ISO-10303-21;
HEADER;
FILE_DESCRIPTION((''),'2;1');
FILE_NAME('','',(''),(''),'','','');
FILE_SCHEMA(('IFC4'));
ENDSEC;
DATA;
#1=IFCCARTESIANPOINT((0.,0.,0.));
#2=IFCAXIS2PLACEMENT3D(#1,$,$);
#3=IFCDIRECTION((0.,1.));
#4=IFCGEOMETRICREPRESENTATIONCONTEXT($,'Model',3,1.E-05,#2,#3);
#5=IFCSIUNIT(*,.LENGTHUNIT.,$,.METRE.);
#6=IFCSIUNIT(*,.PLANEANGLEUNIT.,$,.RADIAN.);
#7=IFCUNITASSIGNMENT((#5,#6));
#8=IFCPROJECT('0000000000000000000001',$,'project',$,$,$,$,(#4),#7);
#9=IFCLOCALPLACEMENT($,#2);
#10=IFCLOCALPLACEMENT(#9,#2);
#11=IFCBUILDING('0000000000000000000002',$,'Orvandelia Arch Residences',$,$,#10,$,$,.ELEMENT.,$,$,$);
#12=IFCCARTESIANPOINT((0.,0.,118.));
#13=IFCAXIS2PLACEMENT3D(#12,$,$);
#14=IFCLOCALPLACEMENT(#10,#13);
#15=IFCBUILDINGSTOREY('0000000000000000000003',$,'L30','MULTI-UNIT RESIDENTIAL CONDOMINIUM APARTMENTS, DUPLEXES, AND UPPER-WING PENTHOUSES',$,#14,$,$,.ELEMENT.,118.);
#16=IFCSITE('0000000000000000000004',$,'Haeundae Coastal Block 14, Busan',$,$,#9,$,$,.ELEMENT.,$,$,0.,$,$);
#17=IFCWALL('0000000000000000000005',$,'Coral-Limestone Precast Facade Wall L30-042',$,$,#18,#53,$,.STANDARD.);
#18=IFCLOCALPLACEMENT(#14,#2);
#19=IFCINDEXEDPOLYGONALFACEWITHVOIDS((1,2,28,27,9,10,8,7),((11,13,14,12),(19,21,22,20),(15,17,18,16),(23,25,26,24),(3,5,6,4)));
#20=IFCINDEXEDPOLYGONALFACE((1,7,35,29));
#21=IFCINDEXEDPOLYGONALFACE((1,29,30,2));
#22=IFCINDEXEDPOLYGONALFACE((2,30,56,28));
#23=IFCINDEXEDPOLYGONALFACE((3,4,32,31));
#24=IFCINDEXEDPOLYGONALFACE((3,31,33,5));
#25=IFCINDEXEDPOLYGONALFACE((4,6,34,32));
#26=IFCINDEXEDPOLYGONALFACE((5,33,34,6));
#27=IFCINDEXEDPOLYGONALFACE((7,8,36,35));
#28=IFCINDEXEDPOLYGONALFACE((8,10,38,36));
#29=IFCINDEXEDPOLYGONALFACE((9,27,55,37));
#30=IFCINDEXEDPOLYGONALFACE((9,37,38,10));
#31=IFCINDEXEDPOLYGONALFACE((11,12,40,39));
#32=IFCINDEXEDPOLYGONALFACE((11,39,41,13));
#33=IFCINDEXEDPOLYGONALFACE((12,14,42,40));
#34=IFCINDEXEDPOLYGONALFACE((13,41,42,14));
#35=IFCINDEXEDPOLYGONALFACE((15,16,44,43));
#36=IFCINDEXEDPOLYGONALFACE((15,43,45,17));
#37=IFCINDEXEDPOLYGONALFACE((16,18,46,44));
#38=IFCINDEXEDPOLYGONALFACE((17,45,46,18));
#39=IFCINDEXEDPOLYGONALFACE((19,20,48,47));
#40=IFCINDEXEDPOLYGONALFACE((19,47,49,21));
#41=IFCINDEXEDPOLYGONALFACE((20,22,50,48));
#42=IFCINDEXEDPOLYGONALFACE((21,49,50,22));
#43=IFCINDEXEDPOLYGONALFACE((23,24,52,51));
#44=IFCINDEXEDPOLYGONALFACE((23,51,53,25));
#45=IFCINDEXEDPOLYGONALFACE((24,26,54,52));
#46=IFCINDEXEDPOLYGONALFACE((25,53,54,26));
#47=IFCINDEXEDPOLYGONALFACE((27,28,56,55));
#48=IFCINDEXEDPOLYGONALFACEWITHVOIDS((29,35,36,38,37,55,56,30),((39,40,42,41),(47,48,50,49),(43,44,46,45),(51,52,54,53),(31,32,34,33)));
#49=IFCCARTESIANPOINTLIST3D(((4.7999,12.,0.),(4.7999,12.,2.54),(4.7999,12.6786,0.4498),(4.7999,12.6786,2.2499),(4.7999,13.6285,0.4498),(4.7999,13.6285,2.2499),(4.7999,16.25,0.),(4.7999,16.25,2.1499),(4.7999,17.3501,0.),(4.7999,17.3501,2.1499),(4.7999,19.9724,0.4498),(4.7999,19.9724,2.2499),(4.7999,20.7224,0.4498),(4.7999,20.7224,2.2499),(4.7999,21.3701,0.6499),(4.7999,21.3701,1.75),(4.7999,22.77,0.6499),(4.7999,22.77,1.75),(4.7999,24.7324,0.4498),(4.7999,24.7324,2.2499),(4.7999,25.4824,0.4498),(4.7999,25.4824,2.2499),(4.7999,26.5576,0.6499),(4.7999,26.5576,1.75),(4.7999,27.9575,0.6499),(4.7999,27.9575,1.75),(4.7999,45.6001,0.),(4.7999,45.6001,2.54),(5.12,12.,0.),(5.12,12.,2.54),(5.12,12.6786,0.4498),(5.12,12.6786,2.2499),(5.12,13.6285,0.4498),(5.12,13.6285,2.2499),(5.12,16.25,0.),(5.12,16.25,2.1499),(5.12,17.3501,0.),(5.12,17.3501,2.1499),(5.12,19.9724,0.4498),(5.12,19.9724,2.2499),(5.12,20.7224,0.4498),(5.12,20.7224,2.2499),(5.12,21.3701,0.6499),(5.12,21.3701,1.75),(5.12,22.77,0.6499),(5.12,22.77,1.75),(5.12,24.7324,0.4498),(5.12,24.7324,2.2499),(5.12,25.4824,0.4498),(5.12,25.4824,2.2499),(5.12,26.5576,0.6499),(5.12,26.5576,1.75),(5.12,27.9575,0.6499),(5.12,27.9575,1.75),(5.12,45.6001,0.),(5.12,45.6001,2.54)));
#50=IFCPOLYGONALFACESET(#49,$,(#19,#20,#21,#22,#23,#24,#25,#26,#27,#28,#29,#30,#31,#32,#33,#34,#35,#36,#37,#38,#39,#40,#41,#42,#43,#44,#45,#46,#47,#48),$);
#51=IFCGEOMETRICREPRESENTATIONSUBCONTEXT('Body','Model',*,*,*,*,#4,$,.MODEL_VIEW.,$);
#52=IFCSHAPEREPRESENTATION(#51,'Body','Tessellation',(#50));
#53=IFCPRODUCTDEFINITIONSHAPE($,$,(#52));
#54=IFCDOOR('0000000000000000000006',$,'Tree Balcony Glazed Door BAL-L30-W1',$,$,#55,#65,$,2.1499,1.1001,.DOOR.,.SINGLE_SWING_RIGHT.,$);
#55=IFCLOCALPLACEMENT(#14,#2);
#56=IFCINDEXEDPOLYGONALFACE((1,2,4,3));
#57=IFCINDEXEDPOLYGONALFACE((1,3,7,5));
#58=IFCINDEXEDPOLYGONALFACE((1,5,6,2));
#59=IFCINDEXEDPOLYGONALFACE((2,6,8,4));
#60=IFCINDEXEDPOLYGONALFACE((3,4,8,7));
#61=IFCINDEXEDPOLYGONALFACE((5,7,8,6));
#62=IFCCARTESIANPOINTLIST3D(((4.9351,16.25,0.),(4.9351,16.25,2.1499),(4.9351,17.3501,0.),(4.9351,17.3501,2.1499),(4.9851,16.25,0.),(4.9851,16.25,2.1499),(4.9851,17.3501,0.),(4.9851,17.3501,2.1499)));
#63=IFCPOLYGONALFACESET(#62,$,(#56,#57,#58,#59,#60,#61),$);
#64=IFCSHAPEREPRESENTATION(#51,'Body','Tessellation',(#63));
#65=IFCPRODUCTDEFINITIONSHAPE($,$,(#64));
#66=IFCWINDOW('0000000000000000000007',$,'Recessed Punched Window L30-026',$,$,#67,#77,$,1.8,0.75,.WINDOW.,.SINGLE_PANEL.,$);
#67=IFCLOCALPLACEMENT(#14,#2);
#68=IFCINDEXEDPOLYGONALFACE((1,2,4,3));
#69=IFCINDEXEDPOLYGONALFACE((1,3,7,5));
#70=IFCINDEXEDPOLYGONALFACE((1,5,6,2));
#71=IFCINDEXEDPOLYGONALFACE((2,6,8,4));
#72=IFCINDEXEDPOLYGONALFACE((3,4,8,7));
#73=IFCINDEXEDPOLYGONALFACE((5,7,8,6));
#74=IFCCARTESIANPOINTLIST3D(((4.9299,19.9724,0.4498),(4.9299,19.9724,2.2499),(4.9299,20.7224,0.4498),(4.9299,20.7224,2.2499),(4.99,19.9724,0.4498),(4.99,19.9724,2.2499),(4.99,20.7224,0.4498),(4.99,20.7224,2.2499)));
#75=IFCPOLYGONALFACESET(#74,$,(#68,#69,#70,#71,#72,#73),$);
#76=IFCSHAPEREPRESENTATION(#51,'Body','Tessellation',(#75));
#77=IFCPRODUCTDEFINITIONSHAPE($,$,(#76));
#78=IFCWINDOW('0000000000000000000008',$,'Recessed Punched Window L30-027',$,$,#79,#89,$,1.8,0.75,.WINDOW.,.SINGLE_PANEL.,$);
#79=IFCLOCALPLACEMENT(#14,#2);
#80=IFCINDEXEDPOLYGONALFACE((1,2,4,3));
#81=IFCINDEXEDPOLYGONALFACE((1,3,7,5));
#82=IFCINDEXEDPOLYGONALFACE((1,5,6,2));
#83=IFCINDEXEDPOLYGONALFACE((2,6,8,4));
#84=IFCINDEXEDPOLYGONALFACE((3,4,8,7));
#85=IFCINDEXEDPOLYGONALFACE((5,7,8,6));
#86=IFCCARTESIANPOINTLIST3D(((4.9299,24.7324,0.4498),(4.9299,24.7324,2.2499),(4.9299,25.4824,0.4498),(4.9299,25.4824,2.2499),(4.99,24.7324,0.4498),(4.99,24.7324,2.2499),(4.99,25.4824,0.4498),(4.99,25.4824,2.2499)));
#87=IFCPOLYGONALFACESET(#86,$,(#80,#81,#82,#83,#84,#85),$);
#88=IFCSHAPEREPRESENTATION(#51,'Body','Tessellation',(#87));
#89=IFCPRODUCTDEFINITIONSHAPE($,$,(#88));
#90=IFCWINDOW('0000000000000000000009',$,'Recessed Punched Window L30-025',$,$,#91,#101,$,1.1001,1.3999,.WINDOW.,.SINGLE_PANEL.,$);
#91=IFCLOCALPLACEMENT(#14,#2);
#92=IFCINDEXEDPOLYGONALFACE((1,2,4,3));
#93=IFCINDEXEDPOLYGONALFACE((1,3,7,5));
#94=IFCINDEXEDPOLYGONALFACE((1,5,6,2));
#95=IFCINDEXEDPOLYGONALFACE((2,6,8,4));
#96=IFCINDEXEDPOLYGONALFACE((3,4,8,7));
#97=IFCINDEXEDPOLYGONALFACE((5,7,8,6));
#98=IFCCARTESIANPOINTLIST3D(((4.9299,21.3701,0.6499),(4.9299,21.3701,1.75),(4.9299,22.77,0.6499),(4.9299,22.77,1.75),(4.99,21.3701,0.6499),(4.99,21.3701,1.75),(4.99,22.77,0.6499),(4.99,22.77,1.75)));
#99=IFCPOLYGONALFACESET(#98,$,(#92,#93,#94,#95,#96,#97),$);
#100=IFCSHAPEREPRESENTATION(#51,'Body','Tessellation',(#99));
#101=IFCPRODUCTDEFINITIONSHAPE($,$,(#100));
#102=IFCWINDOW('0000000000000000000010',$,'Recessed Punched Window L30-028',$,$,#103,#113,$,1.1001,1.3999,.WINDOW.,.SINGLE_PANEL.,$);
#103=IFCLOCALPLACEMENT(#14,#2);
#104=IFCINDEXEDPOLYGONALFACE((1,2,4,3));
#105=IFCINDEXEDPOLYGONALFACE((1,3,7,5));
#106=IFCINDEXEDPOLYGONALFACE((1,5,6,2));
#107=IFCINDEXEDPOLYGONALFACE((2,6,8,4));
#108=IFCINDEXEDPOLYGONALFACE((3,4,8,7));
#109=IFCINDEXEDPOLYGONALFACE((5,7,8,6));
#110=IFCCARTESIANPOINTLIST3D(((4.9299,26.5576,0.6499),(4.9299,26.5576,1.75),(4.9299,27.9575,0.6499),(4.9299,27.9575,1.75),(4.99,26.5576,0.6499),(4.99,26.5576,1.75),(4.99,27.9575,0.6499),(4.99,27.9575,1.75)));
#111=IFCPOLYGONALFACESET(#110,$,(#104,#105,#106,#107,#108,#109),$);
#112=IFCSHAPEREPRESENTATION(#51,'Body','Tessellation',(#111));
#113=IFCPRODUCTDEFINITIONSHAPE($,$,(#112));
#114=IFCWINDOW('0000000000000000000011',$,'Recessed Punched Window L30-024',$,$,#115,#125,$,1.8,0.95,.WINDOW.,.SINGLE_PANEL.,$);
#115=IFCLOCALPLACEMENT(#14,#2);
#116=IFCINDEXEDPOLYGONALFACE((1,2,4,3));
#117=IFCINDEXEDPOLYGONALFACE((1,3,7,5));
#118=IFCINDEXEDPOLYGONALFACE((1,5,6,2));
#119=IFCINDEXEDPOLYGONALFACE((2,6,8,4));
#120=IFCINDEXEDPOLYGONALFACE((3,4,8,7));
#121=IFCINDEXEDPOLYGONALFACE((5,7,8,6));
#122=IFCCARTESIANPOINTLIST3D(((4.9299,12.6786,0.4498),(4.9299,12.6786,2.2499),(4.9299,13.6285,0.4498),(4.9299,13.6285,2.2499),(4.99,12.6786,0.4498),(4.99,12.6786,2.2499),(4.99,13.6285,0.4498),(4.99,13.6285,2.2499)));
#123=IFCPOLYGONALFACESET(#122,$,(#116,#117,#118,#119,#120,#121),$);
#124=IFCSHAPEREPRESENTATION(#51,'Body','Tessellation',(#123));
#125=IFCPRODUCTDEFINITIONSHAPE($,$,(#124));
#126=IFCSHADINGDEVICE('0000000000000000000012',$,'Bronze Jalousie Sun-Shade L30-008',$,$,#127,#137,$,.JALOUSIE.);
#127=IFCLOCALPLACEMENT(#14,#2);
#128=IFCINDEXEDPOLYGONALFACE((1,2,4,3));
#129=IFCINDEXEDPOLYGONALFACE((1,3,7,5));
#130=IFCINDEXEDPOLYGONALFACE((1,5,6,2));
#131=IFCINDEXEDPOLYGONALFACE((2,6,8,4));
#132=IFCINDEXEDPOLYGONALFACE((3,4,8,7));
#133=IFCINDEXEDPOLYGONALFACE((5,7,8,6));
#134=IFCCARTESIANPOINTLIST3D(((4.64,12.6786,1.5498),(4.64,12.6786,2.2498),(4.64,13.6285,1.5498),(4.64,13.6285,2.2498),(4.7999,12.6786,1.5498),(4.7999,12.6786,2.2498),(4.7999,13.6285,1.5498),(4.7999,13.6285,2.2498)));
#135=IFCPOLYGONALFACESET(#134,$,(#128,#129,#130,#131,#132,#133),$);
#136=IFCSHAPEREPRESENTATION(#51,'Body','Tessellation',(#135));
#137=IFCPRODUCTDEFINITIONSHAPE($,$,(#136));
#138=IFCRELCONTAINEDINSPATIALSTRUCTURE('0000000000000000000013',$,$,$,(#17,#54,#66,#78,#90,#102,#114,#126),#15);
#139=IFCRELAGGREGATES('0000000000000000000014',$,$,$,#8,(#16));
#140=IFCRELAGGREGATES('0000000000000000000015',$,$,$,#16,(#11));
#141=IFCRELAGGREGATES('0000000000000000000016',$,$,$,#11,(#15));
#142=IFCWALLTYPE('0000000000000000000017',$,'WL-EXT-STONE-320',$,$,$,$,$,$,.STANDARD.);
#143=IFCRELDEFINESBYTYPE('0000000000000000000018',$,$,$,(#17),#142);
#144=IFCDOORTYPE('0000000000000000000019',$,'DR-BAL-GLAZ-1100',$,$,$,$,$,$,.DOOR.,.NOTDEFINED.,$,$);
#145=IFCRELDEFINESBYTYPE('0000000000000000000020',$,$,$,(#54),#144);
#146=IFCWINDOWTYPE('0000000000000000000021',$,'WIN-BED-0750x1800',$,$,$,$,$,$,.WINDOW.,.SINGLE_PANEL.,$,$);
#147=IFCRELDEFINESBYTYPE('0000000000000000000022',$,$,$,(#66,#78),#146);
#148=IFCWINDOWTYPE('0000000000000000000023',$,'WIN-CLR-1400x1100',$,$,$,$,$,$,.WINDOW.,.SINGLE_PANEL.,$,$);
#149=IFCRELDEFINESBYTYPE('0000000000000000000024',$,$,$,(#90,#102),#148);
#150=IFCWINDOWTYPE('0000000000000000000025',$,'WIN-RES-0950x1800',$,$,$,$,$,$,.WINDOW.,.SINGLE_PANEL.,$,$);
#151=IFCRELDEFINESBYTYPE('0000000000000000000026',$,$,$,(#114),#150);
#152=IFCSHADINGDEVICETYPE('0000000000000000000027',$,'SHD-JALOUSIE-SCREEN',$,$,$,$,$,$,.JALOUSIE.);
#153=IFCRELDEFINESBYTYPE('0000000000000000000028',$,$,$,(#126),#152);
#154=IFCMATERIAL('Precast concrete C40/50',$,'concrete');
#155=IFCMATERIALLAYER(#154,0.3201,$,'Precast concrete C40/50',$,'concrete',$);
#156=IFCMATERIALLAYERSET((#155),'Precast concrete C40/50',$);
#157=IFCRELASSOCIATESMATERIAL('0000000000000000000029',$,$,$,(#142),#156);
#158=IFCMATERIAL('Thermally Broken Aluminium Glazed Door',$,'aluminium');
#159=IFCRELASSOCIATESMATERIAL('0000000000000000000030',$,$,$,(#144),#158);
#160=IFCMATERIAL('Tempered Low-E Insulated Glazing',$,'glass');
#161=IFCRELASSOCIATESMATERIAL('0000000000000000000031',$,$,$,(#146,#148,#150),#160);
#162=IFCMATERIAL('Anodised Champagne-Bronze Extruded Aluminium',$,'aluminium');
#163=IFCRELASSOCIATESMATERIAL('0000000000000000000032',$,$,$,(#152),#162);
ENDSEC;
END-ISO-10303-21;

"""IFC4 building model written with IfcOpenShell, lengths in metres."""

from ifc_helpers import new_model, si_unit, direction, frame, frame_2d, origin, origin_2d, place, context, subcontext, project, spatial, rectangle, extrude, material, layer, layer_set, type_object, element, fill, save


model = new_model("IFC4")

# Units and contexts
model_context = context("Model", 3, precision=1e-05, world=origin(), true_north=direction((0.0, 1.0)))
body_context = subcontext(model_context, "Body", "Model", "MODEL_VIEW")
ifc_project = project(units=[si_unit("LENGTHUNIT", "METRE"), si_unit("PLANEANGLEUNIT", "RADIAN")], contexts=[model_context])

# Site, building, storey
site_placement = place(None, origin())
site = spatial("IfcSite", under=ifc_project, at=site_placement, Name="Haeundae Coastal Block 14, Busan", CompositionType="ELEMENT", RefElevation=0.0)
building_placement = place(site_placement, origin())
building = spatial("IfcBuilding", under=site, at=building_placement, Name="Orvandelia Arch Residences", CompositionType="ELEMENT")
storey_placement = place(building_placement, frame((0.0, 0.0, 118.0)))
storey = spatial("IfcBuildingStorey", under=building, at=storey_placement, Name="L30", Description="MULTI-UNIT RESIDENTIAL CONDOMINIUM APARTMENTS, DUPLEXES, AND UPPER-WING PENTHOUSES", CompositionType="ELEMENT", Elevation=118.0)

# Shared definitions
ifc_material_1 = material(Name="Precast concrete C40/50", Category="concrete")

# Shared definitions
ifc_layer_1 = layer(ifc_material_1, 0.3201, Name="Precast concrete C40/50", Category="concrete")
ifc_layer_set_1 = layer_set([ifc_layer_1], Name="Precast concrete C40/50")
wall_type_1 = type_object("IfcWallType", Name="WL-EXT-STONE-320", PredefinedType="STANDARD", material=ifc_layer_set_1)

# Wall, openings, door, windows
wall_1_placement = place(storey_placement, frame((4.96, 12.0, 0.0), z_axis=(0.0, 0.0, 1.0), x_axis=(0.0, 1.0, 0.0)))
wall_1 = element("IfcWall", 1, at=wall_1_placement, inside=storey, type_object=wall_type_1, Name="Coral-Limestone Precast Facade Wall L30-042", PredefinedType="STANDARD", context=body_context, shape_type="SweptSolid", body=[
    extrude(rectangle(XDim=33.6001, YDim=0.3201, at=frame_2d((16.8, 0.0))), origin(), (0.0, 0.0, 1.0), 2.54),
])
opening_1_placement = place(wall_1_placement, frame((4.25, 0.0, 0.0)))
opening_1 = element("IfcOpeningElement", 2, at=opening_1_placement, cuts=wall_1, PredefinedType="OPENING", context=body_context, shape_type="SweptSolid", body=[
    extrude(rectangle(XDim=1.1001, YDim=2.1499, at=frame_2d((0.55, 1.075))), frame((0.0, 0.1699, 0.0), z_axis=(0.0, -1.0, 0.0), x_axis=(1.0, 0.0, 0.0)), (0.0, 0.0, 1.0), 0.3401),
])
opening_2_placement = place(wall_1_placement, frame((0.6785, 0.0, 0.45)))
opening_2 = element("IfcOpeningElement", 3, at=opening_2_placement, cuts=wall_1, PredefinedType="OPENING", context=body_context, shape_type="SweptSolid", body=[
    extrude(rectangle(XDim=0.95, YDim=1.8, at=frame_2d((0.4751, 0.8999))), frame((0.0, 0.1699, 0.0), z_axis=(0.0, -1.0, 0.0), x_axis=(1.0, 0.0, 0.0)), (0.0, 0.0, 1.0), 0.3401),
])
opening_3_placement = place(wall_1_placement, frame((9.3701, 0.0, 0.6499)))
opening_3 = element("IfcOpeningElement", 4, at=opening_3_placement, cuts=wall_1, PredefinedType="OPENING", context=body_context, shape_type="SweptSolid", body=[
    extrude(rectangle(XDim=1.3999, YDim=1.1001, at=frame_2d((0.7, 0.55))), frame((0.0, 0.1699, 0.0), z_axis=(0.0, -1.0, 0.0), x_axis=(1.0, 0.0, 0.0)), (0.0, 0.0, 1.0), 0.3401),
])
opening_4_placement = place(wall_1_placement, frame((7.9724, 0.0, 0.45)))
opening_4 = element("IfcOpeningElement", 5, at=opening_4_placement, cuts=wall_1, PredefinedType="OPENING", context=body_context, shape_type="SweptSolid", body=[
    extrude(rectangle(XDim=0.75, YDim=1.8, at=frame_2d((0.375, 0.8999))), frame((0.0, 0.1699, 0.0), z_axis=(0.0, -1.0, 0.0), x_axis=(1.0, 0.0, 0.0)), (0.0, 0.0, 1.0), 0.3401),
])
opening_5_placement = place(wall_1_placement, frame((12.7324, 0.0, 0.45)))
opening_5 = element("IfcOpeningElement", 6, at=opening_5_placement, cuts=wall_1, PredefinedType="OPENING", context=body_context, shape_type="SweptSolid", body=[
    extrude(rectangle(XDim=0.75, YDim=1.8, at=frame_2d((0.375, 0.8999))), frame((0.0, 0.1699, 0.0), z_axis=(0.0, -1.0, 0.0), x_axis=(1.0, 0.0, 0.0)), (0.0, 0.0, 1.0), 0.3401),
])
opening_6_placement = place(wall_1_placement, frame((14.5576, 0.0, 0.6499)))
opening_6 = element("IfcOpeningElement", 7, at=opening_6_placement, cuts=wall_1, PredefinedType="OPENING", context=body_context, shape_type="SweptSolid", body=[
    extrude(rectangle(XDim=1.3999, YDim=1.1001, at=frame_2d((0.7, 0.55))), frame((0.0, 0.1699, 0.0), z_axis=(0.0, -1.0, 0.0), x_axis=(1.0, 0.0, 0.0)), (0.0, 0.0, 1.0), 0.3401),
])
ifc_material_2 = material(Name="Thermally Broken Aluminium Glazed Door", Category="aluminium")
door_type_1 = type_object("IfcDoorType", Name="DR-BAL-GLAZ-1100", OperationType="NOTDEFINED", PredefinedType="DOOR", material=ifc_material_2)
door_1_placement = place(opening_1_placement, origin())
door_1 = element("IfcDoor", 8, at=door_1_placement, inside=storey, type_object=door_type_1, Name="Tree Balcony Glazed Door BAL-L30-W1", OperationType="SINGLE_SWING_RIGHT", OverallHeight=2.1499, OverallWidth=1.1001, PredefinedType="DOOR", context=body_context, shape_type="SweptSolid", body=[
    extrude(rectangle(XDim=1.1001, YDim=2.1499, at=frame_2d((0.55, 1.075))), frame((0.0, 0.0249, 0.0), z_axis=(0.0, -1.0, 0.0), x_axis=(1.0, 0.0, 0.0)), (0.0, 0.0, 1.0), 0.05),
])
fill(opening_1, door_1)
ifc_material_3 = material(Name="Tempered Low-E Insulated Glazing", Category="glass")
window_type_1 = type_object("IfcWindowType", Name="WIN-BED-0750x1800", PartitioningType="SINGLE_PANEL", PredefinedType="WINDOW", material=ifc_material_3)
window_1_placement = place(opening_4_placement, origin())
window_1 = element("IfcWindow", 9, at=window_1_placement, inside=storey, type_object=window_type_1, Name="Recessed Punched Window L30-026", OverallHeight=1.8, OverallWidth=0.75, PartitioningType="SINGLE_PANEL", PredefinedType="WINDOW", context=body_context, shape_type="SweptSolid", body=[
    extrude(rectangle(XDim=0.75, YDim=1.8, at=frame_2d((0.375, 0.8999))), frame((0.0, 0.03, 0.0), z_axis=(0.0, -1.0, 0.0), x_axis=(1.0, 0.0, 0.0)), (0.0, 0.0, 1.0), 0.0601),
])
fill(opening_4, window_1)
window_2_placement = place(opening_5_placement, origin())
window_2 = element("IfcWindow", 10, at=window_2_placement, inside=storey, type_object=window_type_1, Name="Recessed Punched Window L30-027", OverallHeight=1.8, OverallWidth=0.75, PartitioningType="SINGLE_PANEL", PredefinedType="WINDOW", context=body_context, shape_type="SweptSolid", body=[
    extrude(rectangle(XDim=0.75, YDim=1.8, at=frame_2d((0.375, 0.8999))), frame((0.0, 0.03, 0.0), z_axis=(0.0, -1.0, 0.0), x_axis=(1.0, 0.0, 0.0)), (0.0, 0.0, 1.0), 0.0601),
])
fill(opening_5, window_2)
window_type_2 = type_object("IfcWindowType", Name="WIN-CLR-1400x1100", PartitioningType="SINGLE_PANEL", PredefinedType="WINDOW", material=ifc_material_3)
window_3_placement = place(opening_3_placement, origin())
window_3 = element("IfcWindow", 11, at=window_3_placement, inside=storey, type_object=window_type_2, Name="Recessed Punched Window L30-025", OverallHeight=1.1001, OverallWidth=1.3999, PartitioningType="SINGLE_PANEL", PredefinedType="WINDOW", context=body_context, shape_type="SweptSolid", body=[
    extrude(rectangle(XDim=1.3999, YDim=1.1001, at=frame_2d((0.7, 0.55))), frame((0.0, 0.03, 0.0), z_axis=(0.0, -1.0, 0.0), x_axis=(1.0, 0.0, 0.0)), (0.0, 0.0, 1.0), 0.0601),
])
fill(opening_3, window_3)
window_4_placement = place(opening_6_placement, origin())
window_4 = element("IfcWindow", 12, at=window_4_placement, inside=storey, type_object=window_type_2, Name="Recessed Punched Window L30-028", OverallHeight=1.1001, OverallWidth=1.3999, PartitioningType="SINGLE_PANEL", PredefinedType="WINDOW", context=body_context, shape_type="SweptSolid", body=[
    extrude(rectangle(XDim=1.3999, YDim=1.1001, at=frame_2d((0.7, 0.55))), frame((0.0, 0.03, 0.0), z_axis=(0.0, -1.0, 0.0), x_axis=(1.0, 0.0, 0.0)), (0.0, 0.0, 1.0), 0.0601),
])
fill(opening_6, window_4)
window_type_3 = type_object("IfcWindowType", Name="WIN-RES-0950x1800", PartitioningType="SINGLE_PANEL", PredefinedType="WINDOW", material=ifc_material_3)
window_5_placement = place(opening_2_placement, origin())
window_5 = element("IfcWindow", 13, at=window_5_placement, inside=storey, type_object=window_type_3, Name="Recessed Punched Window L30-024", OverallHeight=1.8, OverallWidth=0.95, PartitioningType="SINGLE_PANEL", PredefinedType="WINDOW", context=body_context, shape_type="SweptSolid", body=[
    extrude(rectangle(XDim=0.95, YDim=1.8, at=frame_2d((0.4751, 0.8999))), frame((0.0, 0.03, 0.0), z_axis=(0.0, -1.0, 0.0), x_axis=(1.0, 0.0, 0.0)), (0.0, 0.0, 1.0), 0.0601),
])
fill(opening_2, window_5)

# Shading device
ifc_material_4 = material(Name="Anodised Champagne-Bronze Extruded Aluminium", Category="aluminium")
shading_device_type = type_object("IfcShadingDeviceType", Name="SHD-JALOUSIE-SCREEN", PredefinedType="JALOUSIE", material=ifc_material_4)
shading_device_placement = place(storey_placement, frame((4.72, 13.1536, 1.5498), z_axis=(0.0, 0.0, 1.0), x_axis=(0.0, 1.0, 0.0)))
element("IfcShadingDevice", 14, at=shading_device_placement, inside=storey, type_object=shading_device_type, Name="Bronze Jalousie Sun-Shade L30-008", PredefinedType="JALOUSIE", context=body_context, shape_type="SweptSolid", body=[
    extrude(rectangle(XDim=0.95, YDim=0.1599, at=origin_2d()), origin(), (0.0, 0.0, 1.0), 0.7),
])

save(model, "model.ifc")
